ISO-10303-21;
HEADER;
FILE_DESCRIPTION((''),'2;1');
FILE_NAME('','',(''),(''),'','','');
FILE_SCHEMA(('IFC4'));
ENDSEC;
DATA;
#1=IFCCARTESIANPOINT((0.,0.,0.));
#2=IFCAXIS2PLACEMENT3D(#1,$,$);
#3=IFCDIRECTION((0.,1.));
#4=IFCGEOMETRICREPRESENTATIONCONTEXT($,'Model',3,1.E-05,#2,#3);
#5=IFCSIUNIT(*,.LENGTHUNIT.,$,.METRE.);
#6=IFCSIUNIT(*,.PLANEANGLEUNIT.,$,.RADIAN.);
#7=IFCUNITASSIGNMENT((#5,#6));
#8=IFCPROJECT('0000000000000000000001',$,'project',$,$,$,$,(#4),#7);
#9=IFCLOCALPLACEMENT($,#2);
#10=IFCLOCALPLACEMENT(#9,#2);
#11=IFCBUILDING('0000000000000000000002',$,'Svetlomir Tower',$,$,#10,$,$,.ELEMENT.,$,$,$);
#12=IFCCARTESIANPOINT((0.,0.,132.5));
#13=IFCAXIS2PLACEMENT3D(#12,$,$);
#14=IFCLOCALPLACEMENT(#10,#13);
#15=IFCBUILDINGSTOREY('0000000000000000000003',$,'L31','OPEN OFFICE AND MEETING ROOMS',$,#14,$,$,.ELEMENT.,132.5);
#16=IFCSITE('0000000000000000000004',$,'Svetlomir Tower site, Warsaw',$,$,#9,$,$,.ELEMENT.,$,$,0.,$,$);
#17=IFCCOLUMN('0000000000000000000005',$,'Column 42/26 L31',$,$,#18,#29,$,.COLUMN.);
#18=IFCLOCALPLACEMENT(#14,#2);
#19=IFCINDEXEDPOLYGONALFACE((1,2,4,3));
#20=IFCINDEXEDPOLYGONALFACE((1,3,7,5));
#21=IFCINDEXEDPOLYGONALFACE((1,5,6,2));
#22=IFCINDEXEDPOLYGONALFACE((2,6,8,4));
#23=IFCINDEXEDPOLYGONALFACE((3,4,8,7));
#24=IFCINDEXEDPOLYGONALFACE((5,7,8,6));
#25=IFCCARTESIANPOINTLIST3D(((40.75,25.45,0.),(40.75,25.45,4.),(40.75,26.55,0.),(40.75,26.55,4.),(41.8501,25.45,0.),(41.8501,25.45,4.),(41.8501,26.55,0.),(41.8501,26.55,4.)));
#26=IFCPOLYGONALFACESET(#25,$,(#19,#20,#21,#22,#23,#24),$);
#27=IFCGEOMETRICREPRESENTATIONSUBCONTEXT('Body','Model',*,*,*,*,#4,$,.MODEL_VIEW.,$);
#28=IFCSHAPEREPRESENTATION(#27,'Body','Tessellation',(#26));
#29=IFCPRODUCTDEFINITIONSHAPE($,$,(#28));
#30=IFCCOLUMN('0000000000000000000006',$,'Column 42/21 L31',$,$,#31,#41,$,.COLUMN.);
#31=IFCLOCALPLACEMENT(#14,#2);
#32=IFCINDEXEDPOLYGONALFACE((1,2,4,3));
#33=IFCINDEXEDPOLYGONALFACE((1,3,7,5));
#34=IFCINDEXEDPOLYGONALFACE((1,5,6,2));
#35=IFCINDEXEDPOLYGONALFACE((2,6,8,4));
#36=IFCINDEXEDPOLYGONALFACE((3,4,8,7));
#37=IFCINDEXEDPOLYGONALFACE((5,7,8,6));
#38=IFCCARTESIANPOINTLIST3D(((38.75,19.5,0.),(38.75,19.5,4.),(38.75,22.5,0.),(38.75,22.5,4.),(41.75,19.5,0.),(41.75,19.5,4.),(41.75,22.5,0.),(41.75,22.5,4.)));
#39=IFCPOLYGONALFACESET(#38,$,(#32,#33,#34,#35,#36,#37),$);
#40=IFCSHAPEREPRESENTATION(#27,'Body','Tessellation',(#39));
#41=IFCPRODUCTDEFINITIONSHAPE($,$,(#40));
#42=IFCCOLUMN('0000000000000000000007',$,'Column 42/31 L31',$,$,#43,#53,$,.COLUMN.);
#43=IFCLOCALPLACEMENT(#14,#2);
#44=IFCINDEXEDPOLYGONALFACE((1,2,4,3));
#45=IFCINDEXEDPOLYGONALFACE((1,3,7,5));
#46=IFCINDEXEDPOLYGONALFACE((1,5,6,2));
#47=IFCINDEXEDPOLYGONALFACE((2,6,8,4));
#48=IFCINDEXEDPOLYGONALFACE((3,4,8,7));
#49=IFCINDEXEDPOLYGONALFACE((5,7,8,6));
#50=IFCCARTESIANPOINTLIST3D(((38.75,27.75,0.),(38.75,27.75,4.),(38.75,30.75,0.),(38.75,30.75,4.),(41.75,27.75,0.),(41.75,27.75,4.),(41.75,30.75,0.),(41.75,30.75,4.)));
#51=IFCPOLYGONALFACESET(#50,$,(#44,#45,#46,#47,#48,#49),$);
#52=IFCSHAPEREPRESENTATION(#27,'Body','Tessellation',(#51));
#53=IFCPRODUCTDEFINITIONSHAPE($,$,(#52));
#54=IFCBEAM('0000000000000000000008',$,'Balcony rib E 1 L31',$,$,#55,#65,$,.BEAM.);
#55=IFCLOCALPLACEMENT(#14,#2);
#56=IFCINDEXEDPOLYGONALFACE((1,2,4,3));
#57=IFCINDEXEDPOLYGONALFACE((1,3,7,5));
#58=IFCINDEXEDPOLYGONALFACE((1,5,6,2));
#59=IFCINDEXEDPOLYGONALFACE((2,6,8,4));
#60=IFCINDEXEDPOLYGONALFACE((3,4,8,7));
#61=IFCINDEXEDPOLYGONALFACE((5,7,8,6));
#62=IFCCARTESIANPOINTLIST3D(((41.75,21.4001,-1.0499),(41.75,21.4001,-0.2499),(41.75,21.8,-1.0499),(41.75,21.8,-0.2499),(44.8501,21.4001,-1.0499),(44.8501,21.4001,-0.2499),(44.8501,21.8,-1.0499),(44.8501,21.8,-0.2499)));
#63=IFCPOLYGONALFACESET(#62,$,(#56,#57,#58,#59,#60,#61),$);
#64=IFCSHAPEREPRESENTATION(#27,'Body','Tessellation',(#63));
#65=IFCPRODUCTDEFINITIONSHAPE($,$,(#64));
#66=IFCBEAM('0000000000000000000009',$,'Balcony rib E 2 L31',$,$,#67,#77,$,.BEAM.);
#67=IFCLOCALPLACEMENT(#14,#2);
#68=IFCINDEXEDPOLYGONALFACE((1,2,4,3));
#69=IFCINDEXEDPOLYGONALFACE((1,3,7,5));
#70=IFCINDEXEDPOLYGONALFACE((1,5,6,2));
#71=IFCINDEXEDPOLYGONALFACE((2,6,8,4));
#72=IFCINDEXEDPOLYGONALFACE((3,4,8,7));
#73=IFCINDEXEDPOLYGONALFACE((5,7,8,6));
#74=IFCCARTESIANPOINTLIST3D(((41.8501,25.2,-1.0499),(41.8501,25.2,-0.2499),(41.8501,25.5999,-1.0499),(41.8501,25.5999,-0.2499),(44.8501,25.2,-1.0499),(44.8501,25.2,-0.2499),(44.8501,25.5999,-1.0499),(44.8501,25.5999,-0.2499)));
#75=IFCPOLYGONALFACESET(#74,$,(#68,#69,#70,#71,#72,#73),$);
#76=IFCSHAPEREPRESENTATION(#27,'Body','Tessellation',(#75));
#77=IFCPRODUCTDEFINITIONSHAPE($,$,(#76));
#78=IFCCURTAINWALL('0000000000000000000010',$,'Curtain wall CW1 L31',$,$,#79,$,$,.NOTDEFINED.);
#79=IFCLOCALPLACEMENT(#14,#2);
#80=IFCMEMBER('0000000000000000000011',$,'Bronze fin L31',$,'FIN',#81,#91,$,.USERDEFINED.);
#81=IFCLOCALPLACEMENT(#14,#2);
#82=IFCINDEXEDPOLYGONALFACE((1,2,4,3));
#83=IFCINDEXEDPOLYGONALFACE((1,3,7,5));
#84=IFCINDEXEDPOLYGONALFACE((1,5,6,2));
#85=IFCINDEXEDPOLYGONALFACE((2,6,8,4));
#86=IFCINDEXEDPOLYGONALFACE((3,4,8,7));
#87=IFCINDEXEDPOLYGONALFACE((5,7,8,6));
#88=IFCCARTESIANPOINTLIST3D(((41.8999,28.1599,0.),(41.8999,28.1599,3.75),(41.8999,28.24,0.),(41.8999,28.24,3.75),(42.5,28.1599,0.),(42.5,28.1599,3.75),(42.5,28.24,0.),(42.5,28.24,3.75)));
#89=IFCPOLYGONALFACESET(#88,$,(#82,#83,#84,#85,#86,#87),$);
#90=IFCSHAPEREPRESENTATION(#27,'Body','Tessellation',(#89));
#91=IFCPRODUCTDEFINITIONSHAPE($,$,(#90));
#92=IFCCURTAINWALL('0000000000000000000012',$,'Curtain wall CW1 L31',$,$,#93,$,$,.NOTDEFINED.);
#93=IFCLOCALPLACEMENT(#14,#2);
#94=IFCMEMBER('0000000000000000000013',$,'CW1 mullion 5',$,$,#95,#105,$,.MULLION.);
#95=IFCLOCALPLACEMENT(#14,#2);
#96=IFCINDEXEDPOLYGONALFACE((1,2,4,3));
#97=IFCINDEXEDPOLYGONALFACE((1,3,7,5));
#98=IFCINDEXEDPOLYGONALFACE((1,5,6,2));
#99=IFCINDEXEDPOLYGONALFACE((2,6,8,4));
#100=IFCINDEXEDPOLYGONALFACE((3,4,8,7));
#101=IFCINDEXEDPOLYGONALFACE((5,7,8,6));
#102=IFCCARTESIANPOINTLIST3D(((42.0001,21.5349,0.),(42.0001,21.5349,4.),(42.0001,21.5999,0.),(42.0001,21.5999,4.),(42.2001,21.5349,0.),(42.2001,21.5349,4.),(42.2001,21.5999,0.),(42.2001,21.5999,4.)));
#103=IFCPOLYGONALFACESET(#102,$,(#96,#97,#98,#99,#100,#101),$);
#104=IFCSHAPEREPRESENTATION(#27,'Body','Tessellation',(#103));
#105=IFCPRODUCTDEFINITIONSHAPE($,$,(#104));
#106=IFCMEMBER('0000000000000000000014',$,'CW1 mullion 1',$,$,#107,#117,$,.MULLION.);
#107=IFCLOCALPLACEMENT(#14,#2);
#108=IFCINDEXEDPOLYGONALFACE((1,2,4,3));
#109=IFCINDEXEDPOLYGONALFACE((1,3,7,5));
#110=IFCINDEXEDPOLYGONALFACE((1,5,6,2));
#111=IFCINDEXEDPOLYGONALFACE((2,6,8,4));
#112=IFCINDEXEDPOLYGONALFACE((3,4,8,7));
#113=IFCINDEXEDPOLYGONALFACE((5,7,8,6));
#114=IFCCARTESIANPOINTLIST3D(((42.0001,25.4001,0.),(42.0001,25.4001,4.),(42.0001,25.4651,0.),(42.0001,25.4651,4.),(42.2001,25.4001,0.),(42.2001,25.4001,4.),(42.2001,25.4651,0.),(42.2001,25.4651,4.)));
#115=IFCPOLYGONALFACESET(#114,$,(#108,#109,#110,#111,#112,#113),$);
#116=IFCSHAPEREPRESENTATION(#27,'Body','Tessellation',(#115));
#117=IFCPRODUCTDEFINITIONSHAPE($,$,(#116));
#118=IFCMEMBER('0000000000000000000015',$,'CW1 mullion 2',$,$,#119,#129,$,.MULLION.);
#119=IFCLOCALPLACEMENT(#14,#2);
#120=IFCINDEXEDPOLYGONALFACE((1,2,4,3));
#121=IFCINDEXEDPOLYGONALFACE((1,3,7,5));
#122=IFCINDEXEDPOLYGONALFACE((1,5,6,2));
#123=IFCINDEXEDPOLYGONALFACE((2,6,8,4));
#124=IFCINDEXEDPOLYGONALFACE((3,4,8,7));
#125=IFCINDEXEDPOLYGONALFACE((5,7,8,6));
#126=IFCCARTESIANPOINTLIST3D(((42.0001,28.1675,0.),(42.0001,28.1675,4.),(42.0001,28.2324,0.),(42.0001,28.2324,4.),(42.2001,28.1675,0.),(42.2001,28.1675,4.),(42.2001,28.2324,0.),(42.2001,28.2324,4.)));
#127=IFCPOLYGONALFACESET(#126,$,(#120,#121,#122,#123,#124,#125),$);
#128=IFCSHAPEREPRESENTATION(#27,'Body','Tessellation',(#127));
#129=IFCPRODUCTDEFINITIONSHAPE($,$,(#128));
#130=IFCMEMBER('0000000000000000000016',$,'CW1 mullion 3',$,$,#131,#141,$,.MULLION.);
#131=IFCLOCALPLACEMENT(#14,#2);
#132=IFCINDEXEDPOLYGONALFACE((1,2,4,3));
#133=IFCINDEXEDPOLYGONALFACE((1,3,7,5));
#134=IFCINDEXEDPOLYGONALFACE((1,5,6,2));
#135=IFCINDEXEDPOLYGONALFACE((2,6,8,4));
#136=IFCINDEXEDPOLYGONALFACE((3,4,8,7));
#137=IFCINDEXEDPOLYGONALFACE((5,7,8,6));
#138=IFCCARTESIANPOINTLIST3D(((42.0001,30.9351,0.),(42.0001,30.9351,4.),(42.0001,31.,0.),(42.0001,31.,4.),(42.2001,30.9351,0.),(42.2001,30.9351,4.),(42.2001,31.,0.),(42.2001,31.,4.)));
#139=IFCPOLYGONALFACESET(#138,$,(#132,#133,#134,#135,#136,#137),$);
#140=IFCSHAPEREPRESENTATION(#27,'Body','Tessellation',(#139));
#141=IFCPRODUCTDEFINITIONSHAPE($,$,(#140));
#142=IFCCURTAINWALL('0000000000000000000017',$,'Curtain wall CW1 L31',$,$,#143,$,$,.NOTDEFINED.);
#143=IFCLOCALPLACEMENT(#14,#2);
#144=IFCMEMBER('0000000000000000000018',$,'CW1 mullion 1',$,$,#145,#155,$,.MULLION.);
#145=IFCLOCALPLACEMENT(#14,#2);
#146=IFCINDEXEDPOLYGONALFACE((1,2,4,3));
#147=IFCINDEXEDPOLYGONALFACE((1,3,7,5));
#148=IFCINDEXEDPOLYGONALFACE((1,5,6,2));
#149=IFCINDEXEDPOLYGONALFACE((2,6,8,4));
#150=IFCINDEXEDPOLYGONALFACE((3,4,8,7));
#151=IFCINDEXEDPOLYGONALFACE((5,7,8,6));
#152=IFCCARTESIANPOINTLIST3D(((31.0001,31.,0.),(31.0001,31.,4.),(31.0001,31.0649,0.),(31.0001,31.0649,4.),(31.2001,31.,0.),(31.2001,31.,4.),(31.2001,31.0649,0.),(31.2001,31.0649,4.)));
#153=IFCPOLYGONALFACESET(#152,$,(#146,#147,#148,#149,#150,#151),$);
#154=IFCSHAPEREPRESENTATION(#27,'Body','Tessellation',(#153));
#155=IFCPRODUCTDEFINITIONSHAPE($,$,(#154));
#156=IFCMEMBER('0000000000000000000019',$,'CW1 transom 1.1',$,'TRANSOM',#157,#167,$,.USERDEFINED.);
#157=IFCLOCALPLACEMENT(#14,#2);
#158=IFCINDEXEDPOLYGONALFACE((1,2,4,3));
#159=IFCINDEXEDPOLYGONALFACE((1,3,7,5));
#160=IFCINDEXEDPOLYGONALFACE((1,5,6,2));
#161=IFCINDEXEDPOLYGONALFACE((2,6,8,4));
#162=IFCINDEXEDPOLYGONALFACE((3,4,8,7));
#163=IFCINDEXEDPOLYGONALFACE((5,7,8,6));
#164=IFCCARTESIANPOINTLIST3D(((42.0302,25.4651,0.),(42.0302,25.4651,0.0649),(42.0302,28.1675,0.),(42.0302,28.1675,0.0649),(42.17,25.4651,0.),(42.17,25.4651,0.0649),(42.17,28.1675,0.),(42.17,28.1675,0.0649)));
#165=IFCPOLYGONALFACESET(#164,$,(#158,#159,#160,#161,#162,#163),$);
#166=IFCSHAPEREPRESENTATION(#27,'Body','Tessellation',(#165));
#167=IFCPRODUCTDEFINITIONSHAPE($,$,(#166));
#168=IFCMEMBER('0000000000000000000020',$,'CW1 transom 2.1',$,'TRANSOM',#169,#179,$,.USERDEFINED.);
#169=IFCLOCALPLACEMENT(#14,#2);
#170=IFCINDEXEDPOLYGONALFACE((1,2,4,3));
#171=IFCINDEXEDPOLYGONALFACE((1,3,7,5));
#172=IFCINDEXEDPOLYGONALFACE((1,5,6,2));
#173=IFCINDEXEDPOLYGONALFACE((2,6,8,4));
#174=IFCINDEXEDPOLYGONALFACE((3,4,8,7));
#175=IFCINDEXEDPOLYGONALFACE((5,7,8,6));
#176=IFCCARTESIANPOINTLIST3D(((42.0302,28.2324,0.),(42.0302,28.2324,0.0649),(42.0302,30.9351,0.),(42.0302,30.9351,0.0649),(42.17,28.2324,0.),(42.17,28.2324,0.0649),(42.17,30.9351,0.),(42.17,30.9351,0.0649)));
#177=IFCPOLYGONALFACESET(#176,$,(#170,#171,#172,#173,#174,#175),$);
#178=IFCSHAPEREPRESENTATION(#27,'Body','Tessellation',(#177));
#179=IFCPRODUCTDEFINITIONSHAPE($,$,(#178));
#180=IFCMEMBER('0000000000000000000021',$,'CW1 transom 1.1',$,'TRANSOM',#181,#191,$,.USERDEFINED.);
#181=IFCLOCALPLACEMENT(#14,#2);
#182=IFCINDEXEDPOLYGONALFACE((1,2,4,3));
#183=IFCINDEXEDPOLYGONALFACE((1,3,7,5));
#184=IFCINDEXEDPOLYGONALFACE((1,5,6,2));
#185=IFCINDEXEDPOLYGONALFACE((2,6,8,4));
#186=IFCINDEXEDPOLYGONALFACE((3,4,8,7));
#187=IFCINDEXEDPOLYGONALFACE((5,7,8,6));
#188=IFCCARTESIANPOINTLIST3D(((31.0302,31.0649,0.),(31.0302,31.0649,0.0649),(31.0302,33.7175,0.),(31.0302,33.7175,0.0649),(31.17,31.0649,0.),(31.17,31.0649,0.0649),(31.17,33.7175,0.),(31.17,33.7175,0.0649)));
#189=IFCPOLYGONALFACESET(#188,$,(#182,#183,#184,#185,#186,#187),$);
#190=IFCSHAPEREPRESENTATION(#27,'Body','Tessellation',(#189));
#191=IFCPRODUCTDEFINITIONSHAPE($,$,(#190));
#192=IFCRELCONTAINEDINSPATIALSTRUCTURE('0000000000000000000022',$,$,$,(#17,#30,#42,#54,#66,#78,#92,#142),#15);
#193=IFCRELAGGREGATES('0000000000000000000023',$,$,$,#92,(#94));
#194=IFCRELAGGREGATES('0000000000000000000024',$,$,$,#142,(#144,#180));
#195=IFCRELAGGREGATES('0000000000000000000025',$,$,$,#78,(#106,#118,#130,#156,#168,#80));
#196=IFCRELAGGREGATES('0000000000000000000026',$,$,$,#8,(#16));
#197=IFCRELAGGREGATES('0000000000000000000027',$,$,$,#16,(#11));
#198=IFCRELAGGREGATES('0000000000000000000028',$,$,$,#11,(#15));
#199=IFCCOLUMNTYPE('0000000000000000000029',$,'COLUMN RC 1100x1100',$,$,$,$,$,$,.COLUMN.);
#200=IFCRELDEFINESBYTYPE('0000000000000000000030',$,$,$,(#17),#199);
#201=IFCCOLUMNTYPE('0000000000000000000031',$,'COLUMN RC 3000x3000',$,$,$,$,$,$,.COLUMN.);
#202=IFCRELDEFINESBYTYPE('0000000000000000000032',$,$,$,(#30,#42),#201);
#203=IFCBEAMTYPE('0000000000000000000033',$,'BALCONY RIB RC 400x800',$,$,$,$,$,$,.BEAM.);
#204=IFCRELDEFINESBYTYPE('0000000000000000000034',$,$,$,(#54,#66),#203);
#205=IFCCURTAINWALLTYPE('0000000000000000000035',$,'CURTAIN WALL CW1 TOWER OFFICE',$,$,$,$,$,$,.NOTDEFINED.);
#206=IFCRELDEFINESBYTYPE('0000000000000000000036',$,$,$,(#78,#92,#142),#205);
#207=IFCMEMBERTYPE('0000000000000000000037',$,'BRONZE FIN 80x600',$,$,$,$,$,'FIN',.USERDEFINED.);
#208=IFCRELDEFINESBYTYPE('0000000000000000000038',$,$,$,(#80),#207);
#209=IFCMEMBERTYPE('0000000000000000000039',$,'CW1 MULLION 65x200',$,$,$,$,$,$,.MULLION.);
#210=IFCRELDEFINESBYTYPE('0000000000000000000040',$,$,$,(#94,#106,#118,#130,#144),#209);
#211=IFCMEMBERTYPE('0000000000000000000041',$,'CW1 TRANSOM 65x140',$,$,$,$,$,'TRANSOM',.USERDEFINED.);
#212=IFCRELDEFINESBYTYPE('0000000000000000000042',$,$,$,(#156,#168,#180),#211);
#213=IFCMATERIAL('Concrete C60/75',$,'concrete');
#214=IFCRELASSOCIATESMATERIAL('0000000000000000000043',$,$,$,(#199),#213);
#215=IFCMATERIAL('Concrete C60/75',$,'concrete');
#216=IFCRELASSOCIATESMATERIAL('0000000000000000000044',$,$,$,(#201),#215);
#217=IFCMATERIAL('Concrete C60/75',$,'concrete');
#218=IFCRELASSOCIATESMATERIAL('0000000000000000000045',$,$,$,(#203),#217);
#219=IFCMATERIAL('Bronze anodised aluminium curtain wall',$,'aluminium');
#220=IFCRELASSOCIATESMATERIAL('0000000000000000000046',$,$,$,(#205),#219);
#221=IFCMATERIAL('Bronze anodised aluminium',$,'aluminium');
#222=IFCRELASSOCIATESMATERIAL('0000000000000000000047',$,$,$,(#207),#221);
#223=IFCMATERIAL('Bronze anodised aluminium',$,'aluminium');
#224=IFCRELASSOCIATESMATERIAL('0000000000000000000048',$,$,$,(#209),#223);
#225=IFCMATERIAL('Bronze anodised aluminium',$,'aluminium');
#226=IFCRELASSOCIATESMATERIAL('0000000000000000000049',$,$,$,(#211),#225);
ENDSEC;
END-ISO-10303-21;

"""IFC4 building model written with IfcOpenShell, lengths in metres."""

from ifc_helpers import new_model, si_unit, direction, frame, origin, origin_2d, place, context, subcontext, project, spatial, rectangle, extrude, material, material_profile, profile_set, type_object, element, aggregate, save


model = new_model("IFC4")

# Units and contexts
model_context = context("Model", 3, precision=1e-05, world=origin(), true_north=direction((0.0, 1.0)))
body_context = subcontext(model_context, "Body", "Model", "MODEL_VIEW")
ifc_project = project(units=[si_unit("LENGTHUNIT", "METRE"), si_unit("PLANEANGLEUNIT", "RADIAN")], contexts=[model_context])

# Site, building, storey
site_placement = place(None, origin())
site = spatial("IfcSite", under=ifc_project, at=site_placement, Name="Svetlomir Tower site, Warsaw", CompositionType="ELEMENT", RefElevation=0.0)
building_placement = place(site_placement, origin())
building = spatial("IfcBuilding", under=site, at=building_placement, Name="Svetlomir Tower", CompositionType="ELEMENT")
storey_placement = place(building_placement, frame((0.0, 0.0, 132.5)))
storey = spatial("IfcBuildingStorey", under=building, at=storey_placement, Name="L31", Description="OPEN OFFICE AND MEETING ROOMS", CompositionType="ELEMENT", Elevation=132.5)

# Columns
ifc_material_1 = material(Name="Concrete C60/75", Category="concrete")
ifc_material_profile_1 = material_profile(ifc_material_1, rectangle(XDim=1.1001, YDim=1.1001, at=origin_2d()), Name="RC 1100x1100")
ifc_profile_set_1 = profile_set([ifc_material_profile_1], Name="Concrete C60/75")
column_type_1 = type_object("IfcColumnType", Name="COLUMN RC 1100x1100", PredefinedType="COLUMN", material=ifc_profile_set_1)
column_placement = place(storey_placement, frame((41.3, 26.0, 0.0), z_axis=(0.0, 0.0, 1.0), x_axis=(1.0, 0.0, 0.0)))
element("IfcColumn", 1, at=column_placement, inside=storey, type_object=column_type_1, Name="Column 42/26 L31", PredefinedType="COLUMN", context=body_context, shape_type="SweptSolid", body=[
    extrude(rectangle(XDim=1.1001, YDim=1.1001, at=origin_2d()), origin(), (0.0, 0.0, 1.0), 4.0),
])
ifc_material_2 = material(Name="Concrete C60/75", Category="concrete")
ifc_material_profile_2 = material_profile(ifc_material_2, rectangle(XDim=3.0, YDim=3.0, at=origin_2d()), Name="RC 3000x3000")
ifc_profile_set_2 = profile_set([ifc_material_profile_2], Name="Concrete C60/75")
column_type_2 = type_object("IfcColumnType", Name="COLUMN RC 3000x3000", PredefinedType="COLUMN", material=ifc_profile_set_2)
for number, where, z_axis, x_axis, name in (
    (2, (40.25, 21.0, 0.0), (0.0, 0.0, 1.0), (1.0, 0.0, 0.0), "Column 42/21 L31"),
    (3, (40.25, 29.25, 0.0), (0.0, 0.0, 1.0), (1.0, 0.0, 0.0), "Column 42/31 L31"),
):
    element("IfcColumn", number, at=place(storey_placement, frame(where, z_axis=z_axis, x_axis=x_axis)), inside=storey, type_object=column_type_2, Name=name, PredefinedType="COLUMN", context=body_context, shape_type="SweptSolid", body=[
        extrude(rectangle(XDim=3.0, YDim=3.0, at=origin_2d()), origin(), (0.0, 0.0, 1.0), 4.0),
    ])

# Beams
ifc_material_3 = material(Name="Concrete C60/75", Category="concrete")
ifc_material_profile_3 = material_profile(ifc_material_3, rectangle(XDim=0.3999, YDim=0.8, at=origin_2d()), Name="RC 400x800")
ifc_profile_set_3 = profile_set([ifc_material_profile_3], Name="Concrete C60/75")
beam_type_1 = type_object("IfcBeamType", Name="BALCONY RIB RC 400x800", PredefinedType="BEAM", material=ifc_profile_set_3)
beam_1_placement = place(storey_placement, frame((41.75, 21.6001, -0.6499), z_axis=(1.0, 0.0, 0.0), x_axis=(0.0, 1.0, 0.0)))
element("IfcBeam", 4, at=beam_1_placement, inside=storey, type_object=beam_type_1, Name="Balcony rib E 1 L31", PredefinedType="BEAM", context=body_context, shape_type="SweptSolid", body=[
    extrude(rectangle(XDim=0.3999, YDim=0.8, at=origin_2d()), origin(), (0.0, 0.0, 1.0), 3.1001),
])
beam_2_placement = place(storey_placement, frame((41.8501, 25.3999, -0.6499), z_axis=(1.0, 0.0, 0.0), x_axis=(0.0, 1.0, 0.0)))
element("IfcBeam", 5, at=beam_2_placement, inside=storey, type_object=beam_type_1, Name="Balcony rib E 2 L31", PredefinedType="BEAM", context=body_context, shape_type="SweptSolid", body=[
    extrude(rectangle(XDim=0.3999, YDim=0.8, at=origin_2d()), origin(), (0.0, 0.0, 1.0), 3.0),
])

# Curtain walls, members
ifc_material_4 = material(Name="Bronze anodised aluminium curtain wall", Category="aluminium")
curtain_wall_type = type_object("IfcCurtainWallType", Name="CURTAIN WALL CW1 TOWER OFFICE", PredefinedType="NOTDEFINED", material=ifc_material_4)
curtain_wall_1_placement = place(storey_placement, origin())
curtain_wall_1 = element("IfcCurtainWall", 6, at=curtain_wall_1_placement, inside=storey, type_object=curtain_wall_type, Name="Curtain wall CW1 L31", PredefinedType="NOTDEFINED")
ifc_material_5 = material(Name="Bronze anodised aluminium", Category="aluminium")
ifc_material_profile_4 = material_profile(ifc_material_5, rectangle(XDim=0.0801, YDim=0.6001, at=origin_2d()), Name="FIN 80x600")
ifc_profile_set_4 = profile_set([ifc_material_profile_4], Name="Bronze anodised aluminium 6063-T6")
member_type_1 = type_object("IfcMemberType", Name="BRONZE FIN 80x600", ElementType="FIN", PredefinedType="USERDEFINED", material=ifc_profile_set_4)
member_1_placement = place(storey_placement, frame((42.2, 28.2, 0.0), z_axis=(0.0, 0.0, 1.0), x_axis=(0.0, 1.0, 0.0)))
member_1 = element("IfcMember", 7, at=member_1_placement, type_object=member_type_1, Name="Bronze fin L31", ObjectType="FIN", PredefinedType="USERDEFINED", context=body_context, shape_type="SweptSolid", body=[
    extrude(rectangle(XDim=0.0801, YDim=0.6001, at=origin_2d()), origin(), (0.0, 0.0, 1.0), 3.75),
])
curtain_wall_2_placement = place(storey_placement, origin())
curtain_wall_2 = element("IfcCurtainWall", 8, at=curtain_wall_2_placement, inside=storey, type_object=curtain_wall_type, Name="Curtain wall CW1 L31", PredefinedType="NOTDEFINED")
ifc_material_6 = material(Name="Bronze anodised aluminium", Category="aluminium")
ifc_material_profile_5 = material_profile(ifc_material_6, rectangle(XDim=0.0649, YDim=0.2, at=origin_2d()), Name="AL 65x200")
ifc_profile_set_5 = profile_set([ifc_material_profile_5], Name="Bronze anodised aluminium 6063-T6")
member_type_2 = type_object("IfcMemberType", Name="CW1 MULLION 65x200", PredefinedType="MULLION", material=ifc_profile_set_5)
member_2_placement = place(storey_placement, frame((42.1001, 21.5674, 0.0), z_axis=(0.0, 0.0, 1.0), x_axis=(0.0, 1.0, 0.0)))
member_2 = element("IfcMember", 9, at=member_2_placement, type_object=member_type_2, Name="CW1 mullion 5", PredefinedType="MULLION", context=body_context, shape_type="SweptSolid", body=[
    extrude(rectangle(XDim=0.0649, YDim=0.2, at=origin_2d()), origin(), (0.0, 0.0, 1.0), 4.0),
])
aggregate(curtain_wall_2, [member_2])

# Members
member_3_placement = place(storey_placement, frame((42.1001, 25.4326, 0.0), z_axis=(0.0, 0.0, 1.0), x_axis=(0.0, 1.0, 0.0)))
member_3 = element("IfcMember", 10, at=member_3_placement, type_object=member_type_2, Name="CW1 mullion 1", PredefinedType="MULLION", context=body_context, shape_type="SweptSolid", body=[
    extrude(rectangle(XDim=0.0649, YDim=0.2, at=origin_2d()), origin(), (0.0, 0.0, 1.0), 4.0),
])
member_4_placement = place(storey_placement, frame((42.1001, 28.2, 0.0), z_axis=(0.0, 0.0, 1.0), x_axis=(0.0, 1.0, 0.0)))
member_4 = element("IfcMember", 11, at=member_4_placement, type_object=member_type_2, Name="CW1 mullion 2", PredefinedType="MULLION", context=body_context, shape_type="SweptSolid", body=[
    extrude(rectangle(XDim=0.0649, YDim=0.2, at=origin_2d()), origin(), (0.0, 0.0, 1.0), 4.0),
])
member_5_placement = place(storey_placement, frame((42.1001, 30.9675, 0.0), z_axis=(0.0, 0.0, 1.0), x_axis=(0.0, 1.0, 0.0)))
member_5 = element("IfcMember", 12, at=member_5_placement, type_object=member_type_2, Name="CW1 mullion 3", PredefinedType="MULLION", context=body_context, shape_type="SweptSolid", body=[
    extrude(rectangle(XDim=0.0649, YDim=0.2, at=origin_2d()), origin(), (0.0, 0.0, 1.0), 4.0),
])

# Curtain wall, member
curtain_wall_3_placement = place(storey_placement, origin())
curtain_wall_3 = element("IfcCurtainWall", 13, at=curtain_wall_3_placement, inside=storey, type_object=curtain_wall_type, Name="Curtain wall CW1 L31", PredefinedType="NOTDEFINED")
member_6_placement = place(storey_placement, frame((31.1001, 31.0325, 0.0), z_axis=(0.0, 0.0, 1.0), x_axis=(0.0, 1.0, 0.0)))
member_6 = element("IfcMember", 14, at=member_6_placement, type_object=member_type_2, Name="CW1 mullion 1", PredefinedType="MULLION", context=body_context, shape_type="SweptSolid", body=[
    extrude(rectangle(XDim=0.0649, YDim=0.2, at=origin_2d()), origin(), (0.0, 0.0, 1.0), 4.0),
])

# Members
ifc_material_7 = material(Name="Bronze anodised aluminium", Category="aluminium")
ifc_material_profile_6 = material_profile(ifc_material_7, rectangle(XDim=0.1399, YDim=0.0649, at=origin_2d()), Name="AL 140x65")
ifc_profile_set_6 = profile_set([ifc_material_profile_6], Name="Bronze anodised aluminium 6063-T6")
member_type_3 = type_object("IfcMemberType", Name="CW1 TRANSOM 65x140", ElementType="TRANSOM", PredefinedType="USERDEFINED", material=ifc_profile_set_6)
member_7_placement = place(storey_placement, frame((42.1001, 25.4651, 0.0325), z_axis=(0.0, 1.0, 0.0), x_axis=(-1.0, 0.0, 0.0)))
member_7 = element("IfcMember", 15, at=member_7_placement, type_object=member_type_3, Name="CW1 transom 1.1", ObjectType="TRANSOM", PredefinedType="USERDEFINED", context=body_context, shape_type="SweptSolid", body=[
    extrude(rectangle(XDim=0.1399, YDim=0.0649, at=origin_2d()), origin(), (0.0, 0.0, 1.0), 2.7024),
])
member_8_placement = place(storey_placement, frame((42.1001, 28.2324, 0.0325), z_axis=(0.0, 1.0, 0.0), x_axis=(-1.0, 0.0, 0.0)))
member_8 = element("IfcMember", 16, at=member_8_placement, type_object=member_type_3, Name="CW1 transom 2.1", ObjectType="TRANSOM", PredefinedType="USERDEFINED", context=body_context, shape_type="SweptSolid", body=[
    extrude(rectangle(XDim=0.1399, YDim=0.0649, at=origin_2d()), origin(), (0.0, 0.0, 1.0), 2.7026),
])
member_9_placement = place(storey_placement, frame((31.1001, 31.0649, 0.0325), z_axis=(0.0, 1.0, 0.0), x_axis=(-1.0, 0.0, 0.0)))
member_9 = element("IfcMember", 17, at=member_9_placement, type_object=member_type_3, Name="CW1 transom 1.1", ObjectType="TRANSOM", PredefinedType="USERDEFINED", context=body_context, shape_type="SweptSolid", body=[
    extrude(rectangle(XDim=0.1399, YDim=0.0649, at=origin_2d()), origin(), (0.0, 0.0, 1.0), 2.6526),
])
aggregate(curtain_wall_3, [member_6, member_9])

aggregate(curtain_wall_1, [member_3, member_4, member_5, member_7, member_8, member_1])

save(model, "model.ifc")
